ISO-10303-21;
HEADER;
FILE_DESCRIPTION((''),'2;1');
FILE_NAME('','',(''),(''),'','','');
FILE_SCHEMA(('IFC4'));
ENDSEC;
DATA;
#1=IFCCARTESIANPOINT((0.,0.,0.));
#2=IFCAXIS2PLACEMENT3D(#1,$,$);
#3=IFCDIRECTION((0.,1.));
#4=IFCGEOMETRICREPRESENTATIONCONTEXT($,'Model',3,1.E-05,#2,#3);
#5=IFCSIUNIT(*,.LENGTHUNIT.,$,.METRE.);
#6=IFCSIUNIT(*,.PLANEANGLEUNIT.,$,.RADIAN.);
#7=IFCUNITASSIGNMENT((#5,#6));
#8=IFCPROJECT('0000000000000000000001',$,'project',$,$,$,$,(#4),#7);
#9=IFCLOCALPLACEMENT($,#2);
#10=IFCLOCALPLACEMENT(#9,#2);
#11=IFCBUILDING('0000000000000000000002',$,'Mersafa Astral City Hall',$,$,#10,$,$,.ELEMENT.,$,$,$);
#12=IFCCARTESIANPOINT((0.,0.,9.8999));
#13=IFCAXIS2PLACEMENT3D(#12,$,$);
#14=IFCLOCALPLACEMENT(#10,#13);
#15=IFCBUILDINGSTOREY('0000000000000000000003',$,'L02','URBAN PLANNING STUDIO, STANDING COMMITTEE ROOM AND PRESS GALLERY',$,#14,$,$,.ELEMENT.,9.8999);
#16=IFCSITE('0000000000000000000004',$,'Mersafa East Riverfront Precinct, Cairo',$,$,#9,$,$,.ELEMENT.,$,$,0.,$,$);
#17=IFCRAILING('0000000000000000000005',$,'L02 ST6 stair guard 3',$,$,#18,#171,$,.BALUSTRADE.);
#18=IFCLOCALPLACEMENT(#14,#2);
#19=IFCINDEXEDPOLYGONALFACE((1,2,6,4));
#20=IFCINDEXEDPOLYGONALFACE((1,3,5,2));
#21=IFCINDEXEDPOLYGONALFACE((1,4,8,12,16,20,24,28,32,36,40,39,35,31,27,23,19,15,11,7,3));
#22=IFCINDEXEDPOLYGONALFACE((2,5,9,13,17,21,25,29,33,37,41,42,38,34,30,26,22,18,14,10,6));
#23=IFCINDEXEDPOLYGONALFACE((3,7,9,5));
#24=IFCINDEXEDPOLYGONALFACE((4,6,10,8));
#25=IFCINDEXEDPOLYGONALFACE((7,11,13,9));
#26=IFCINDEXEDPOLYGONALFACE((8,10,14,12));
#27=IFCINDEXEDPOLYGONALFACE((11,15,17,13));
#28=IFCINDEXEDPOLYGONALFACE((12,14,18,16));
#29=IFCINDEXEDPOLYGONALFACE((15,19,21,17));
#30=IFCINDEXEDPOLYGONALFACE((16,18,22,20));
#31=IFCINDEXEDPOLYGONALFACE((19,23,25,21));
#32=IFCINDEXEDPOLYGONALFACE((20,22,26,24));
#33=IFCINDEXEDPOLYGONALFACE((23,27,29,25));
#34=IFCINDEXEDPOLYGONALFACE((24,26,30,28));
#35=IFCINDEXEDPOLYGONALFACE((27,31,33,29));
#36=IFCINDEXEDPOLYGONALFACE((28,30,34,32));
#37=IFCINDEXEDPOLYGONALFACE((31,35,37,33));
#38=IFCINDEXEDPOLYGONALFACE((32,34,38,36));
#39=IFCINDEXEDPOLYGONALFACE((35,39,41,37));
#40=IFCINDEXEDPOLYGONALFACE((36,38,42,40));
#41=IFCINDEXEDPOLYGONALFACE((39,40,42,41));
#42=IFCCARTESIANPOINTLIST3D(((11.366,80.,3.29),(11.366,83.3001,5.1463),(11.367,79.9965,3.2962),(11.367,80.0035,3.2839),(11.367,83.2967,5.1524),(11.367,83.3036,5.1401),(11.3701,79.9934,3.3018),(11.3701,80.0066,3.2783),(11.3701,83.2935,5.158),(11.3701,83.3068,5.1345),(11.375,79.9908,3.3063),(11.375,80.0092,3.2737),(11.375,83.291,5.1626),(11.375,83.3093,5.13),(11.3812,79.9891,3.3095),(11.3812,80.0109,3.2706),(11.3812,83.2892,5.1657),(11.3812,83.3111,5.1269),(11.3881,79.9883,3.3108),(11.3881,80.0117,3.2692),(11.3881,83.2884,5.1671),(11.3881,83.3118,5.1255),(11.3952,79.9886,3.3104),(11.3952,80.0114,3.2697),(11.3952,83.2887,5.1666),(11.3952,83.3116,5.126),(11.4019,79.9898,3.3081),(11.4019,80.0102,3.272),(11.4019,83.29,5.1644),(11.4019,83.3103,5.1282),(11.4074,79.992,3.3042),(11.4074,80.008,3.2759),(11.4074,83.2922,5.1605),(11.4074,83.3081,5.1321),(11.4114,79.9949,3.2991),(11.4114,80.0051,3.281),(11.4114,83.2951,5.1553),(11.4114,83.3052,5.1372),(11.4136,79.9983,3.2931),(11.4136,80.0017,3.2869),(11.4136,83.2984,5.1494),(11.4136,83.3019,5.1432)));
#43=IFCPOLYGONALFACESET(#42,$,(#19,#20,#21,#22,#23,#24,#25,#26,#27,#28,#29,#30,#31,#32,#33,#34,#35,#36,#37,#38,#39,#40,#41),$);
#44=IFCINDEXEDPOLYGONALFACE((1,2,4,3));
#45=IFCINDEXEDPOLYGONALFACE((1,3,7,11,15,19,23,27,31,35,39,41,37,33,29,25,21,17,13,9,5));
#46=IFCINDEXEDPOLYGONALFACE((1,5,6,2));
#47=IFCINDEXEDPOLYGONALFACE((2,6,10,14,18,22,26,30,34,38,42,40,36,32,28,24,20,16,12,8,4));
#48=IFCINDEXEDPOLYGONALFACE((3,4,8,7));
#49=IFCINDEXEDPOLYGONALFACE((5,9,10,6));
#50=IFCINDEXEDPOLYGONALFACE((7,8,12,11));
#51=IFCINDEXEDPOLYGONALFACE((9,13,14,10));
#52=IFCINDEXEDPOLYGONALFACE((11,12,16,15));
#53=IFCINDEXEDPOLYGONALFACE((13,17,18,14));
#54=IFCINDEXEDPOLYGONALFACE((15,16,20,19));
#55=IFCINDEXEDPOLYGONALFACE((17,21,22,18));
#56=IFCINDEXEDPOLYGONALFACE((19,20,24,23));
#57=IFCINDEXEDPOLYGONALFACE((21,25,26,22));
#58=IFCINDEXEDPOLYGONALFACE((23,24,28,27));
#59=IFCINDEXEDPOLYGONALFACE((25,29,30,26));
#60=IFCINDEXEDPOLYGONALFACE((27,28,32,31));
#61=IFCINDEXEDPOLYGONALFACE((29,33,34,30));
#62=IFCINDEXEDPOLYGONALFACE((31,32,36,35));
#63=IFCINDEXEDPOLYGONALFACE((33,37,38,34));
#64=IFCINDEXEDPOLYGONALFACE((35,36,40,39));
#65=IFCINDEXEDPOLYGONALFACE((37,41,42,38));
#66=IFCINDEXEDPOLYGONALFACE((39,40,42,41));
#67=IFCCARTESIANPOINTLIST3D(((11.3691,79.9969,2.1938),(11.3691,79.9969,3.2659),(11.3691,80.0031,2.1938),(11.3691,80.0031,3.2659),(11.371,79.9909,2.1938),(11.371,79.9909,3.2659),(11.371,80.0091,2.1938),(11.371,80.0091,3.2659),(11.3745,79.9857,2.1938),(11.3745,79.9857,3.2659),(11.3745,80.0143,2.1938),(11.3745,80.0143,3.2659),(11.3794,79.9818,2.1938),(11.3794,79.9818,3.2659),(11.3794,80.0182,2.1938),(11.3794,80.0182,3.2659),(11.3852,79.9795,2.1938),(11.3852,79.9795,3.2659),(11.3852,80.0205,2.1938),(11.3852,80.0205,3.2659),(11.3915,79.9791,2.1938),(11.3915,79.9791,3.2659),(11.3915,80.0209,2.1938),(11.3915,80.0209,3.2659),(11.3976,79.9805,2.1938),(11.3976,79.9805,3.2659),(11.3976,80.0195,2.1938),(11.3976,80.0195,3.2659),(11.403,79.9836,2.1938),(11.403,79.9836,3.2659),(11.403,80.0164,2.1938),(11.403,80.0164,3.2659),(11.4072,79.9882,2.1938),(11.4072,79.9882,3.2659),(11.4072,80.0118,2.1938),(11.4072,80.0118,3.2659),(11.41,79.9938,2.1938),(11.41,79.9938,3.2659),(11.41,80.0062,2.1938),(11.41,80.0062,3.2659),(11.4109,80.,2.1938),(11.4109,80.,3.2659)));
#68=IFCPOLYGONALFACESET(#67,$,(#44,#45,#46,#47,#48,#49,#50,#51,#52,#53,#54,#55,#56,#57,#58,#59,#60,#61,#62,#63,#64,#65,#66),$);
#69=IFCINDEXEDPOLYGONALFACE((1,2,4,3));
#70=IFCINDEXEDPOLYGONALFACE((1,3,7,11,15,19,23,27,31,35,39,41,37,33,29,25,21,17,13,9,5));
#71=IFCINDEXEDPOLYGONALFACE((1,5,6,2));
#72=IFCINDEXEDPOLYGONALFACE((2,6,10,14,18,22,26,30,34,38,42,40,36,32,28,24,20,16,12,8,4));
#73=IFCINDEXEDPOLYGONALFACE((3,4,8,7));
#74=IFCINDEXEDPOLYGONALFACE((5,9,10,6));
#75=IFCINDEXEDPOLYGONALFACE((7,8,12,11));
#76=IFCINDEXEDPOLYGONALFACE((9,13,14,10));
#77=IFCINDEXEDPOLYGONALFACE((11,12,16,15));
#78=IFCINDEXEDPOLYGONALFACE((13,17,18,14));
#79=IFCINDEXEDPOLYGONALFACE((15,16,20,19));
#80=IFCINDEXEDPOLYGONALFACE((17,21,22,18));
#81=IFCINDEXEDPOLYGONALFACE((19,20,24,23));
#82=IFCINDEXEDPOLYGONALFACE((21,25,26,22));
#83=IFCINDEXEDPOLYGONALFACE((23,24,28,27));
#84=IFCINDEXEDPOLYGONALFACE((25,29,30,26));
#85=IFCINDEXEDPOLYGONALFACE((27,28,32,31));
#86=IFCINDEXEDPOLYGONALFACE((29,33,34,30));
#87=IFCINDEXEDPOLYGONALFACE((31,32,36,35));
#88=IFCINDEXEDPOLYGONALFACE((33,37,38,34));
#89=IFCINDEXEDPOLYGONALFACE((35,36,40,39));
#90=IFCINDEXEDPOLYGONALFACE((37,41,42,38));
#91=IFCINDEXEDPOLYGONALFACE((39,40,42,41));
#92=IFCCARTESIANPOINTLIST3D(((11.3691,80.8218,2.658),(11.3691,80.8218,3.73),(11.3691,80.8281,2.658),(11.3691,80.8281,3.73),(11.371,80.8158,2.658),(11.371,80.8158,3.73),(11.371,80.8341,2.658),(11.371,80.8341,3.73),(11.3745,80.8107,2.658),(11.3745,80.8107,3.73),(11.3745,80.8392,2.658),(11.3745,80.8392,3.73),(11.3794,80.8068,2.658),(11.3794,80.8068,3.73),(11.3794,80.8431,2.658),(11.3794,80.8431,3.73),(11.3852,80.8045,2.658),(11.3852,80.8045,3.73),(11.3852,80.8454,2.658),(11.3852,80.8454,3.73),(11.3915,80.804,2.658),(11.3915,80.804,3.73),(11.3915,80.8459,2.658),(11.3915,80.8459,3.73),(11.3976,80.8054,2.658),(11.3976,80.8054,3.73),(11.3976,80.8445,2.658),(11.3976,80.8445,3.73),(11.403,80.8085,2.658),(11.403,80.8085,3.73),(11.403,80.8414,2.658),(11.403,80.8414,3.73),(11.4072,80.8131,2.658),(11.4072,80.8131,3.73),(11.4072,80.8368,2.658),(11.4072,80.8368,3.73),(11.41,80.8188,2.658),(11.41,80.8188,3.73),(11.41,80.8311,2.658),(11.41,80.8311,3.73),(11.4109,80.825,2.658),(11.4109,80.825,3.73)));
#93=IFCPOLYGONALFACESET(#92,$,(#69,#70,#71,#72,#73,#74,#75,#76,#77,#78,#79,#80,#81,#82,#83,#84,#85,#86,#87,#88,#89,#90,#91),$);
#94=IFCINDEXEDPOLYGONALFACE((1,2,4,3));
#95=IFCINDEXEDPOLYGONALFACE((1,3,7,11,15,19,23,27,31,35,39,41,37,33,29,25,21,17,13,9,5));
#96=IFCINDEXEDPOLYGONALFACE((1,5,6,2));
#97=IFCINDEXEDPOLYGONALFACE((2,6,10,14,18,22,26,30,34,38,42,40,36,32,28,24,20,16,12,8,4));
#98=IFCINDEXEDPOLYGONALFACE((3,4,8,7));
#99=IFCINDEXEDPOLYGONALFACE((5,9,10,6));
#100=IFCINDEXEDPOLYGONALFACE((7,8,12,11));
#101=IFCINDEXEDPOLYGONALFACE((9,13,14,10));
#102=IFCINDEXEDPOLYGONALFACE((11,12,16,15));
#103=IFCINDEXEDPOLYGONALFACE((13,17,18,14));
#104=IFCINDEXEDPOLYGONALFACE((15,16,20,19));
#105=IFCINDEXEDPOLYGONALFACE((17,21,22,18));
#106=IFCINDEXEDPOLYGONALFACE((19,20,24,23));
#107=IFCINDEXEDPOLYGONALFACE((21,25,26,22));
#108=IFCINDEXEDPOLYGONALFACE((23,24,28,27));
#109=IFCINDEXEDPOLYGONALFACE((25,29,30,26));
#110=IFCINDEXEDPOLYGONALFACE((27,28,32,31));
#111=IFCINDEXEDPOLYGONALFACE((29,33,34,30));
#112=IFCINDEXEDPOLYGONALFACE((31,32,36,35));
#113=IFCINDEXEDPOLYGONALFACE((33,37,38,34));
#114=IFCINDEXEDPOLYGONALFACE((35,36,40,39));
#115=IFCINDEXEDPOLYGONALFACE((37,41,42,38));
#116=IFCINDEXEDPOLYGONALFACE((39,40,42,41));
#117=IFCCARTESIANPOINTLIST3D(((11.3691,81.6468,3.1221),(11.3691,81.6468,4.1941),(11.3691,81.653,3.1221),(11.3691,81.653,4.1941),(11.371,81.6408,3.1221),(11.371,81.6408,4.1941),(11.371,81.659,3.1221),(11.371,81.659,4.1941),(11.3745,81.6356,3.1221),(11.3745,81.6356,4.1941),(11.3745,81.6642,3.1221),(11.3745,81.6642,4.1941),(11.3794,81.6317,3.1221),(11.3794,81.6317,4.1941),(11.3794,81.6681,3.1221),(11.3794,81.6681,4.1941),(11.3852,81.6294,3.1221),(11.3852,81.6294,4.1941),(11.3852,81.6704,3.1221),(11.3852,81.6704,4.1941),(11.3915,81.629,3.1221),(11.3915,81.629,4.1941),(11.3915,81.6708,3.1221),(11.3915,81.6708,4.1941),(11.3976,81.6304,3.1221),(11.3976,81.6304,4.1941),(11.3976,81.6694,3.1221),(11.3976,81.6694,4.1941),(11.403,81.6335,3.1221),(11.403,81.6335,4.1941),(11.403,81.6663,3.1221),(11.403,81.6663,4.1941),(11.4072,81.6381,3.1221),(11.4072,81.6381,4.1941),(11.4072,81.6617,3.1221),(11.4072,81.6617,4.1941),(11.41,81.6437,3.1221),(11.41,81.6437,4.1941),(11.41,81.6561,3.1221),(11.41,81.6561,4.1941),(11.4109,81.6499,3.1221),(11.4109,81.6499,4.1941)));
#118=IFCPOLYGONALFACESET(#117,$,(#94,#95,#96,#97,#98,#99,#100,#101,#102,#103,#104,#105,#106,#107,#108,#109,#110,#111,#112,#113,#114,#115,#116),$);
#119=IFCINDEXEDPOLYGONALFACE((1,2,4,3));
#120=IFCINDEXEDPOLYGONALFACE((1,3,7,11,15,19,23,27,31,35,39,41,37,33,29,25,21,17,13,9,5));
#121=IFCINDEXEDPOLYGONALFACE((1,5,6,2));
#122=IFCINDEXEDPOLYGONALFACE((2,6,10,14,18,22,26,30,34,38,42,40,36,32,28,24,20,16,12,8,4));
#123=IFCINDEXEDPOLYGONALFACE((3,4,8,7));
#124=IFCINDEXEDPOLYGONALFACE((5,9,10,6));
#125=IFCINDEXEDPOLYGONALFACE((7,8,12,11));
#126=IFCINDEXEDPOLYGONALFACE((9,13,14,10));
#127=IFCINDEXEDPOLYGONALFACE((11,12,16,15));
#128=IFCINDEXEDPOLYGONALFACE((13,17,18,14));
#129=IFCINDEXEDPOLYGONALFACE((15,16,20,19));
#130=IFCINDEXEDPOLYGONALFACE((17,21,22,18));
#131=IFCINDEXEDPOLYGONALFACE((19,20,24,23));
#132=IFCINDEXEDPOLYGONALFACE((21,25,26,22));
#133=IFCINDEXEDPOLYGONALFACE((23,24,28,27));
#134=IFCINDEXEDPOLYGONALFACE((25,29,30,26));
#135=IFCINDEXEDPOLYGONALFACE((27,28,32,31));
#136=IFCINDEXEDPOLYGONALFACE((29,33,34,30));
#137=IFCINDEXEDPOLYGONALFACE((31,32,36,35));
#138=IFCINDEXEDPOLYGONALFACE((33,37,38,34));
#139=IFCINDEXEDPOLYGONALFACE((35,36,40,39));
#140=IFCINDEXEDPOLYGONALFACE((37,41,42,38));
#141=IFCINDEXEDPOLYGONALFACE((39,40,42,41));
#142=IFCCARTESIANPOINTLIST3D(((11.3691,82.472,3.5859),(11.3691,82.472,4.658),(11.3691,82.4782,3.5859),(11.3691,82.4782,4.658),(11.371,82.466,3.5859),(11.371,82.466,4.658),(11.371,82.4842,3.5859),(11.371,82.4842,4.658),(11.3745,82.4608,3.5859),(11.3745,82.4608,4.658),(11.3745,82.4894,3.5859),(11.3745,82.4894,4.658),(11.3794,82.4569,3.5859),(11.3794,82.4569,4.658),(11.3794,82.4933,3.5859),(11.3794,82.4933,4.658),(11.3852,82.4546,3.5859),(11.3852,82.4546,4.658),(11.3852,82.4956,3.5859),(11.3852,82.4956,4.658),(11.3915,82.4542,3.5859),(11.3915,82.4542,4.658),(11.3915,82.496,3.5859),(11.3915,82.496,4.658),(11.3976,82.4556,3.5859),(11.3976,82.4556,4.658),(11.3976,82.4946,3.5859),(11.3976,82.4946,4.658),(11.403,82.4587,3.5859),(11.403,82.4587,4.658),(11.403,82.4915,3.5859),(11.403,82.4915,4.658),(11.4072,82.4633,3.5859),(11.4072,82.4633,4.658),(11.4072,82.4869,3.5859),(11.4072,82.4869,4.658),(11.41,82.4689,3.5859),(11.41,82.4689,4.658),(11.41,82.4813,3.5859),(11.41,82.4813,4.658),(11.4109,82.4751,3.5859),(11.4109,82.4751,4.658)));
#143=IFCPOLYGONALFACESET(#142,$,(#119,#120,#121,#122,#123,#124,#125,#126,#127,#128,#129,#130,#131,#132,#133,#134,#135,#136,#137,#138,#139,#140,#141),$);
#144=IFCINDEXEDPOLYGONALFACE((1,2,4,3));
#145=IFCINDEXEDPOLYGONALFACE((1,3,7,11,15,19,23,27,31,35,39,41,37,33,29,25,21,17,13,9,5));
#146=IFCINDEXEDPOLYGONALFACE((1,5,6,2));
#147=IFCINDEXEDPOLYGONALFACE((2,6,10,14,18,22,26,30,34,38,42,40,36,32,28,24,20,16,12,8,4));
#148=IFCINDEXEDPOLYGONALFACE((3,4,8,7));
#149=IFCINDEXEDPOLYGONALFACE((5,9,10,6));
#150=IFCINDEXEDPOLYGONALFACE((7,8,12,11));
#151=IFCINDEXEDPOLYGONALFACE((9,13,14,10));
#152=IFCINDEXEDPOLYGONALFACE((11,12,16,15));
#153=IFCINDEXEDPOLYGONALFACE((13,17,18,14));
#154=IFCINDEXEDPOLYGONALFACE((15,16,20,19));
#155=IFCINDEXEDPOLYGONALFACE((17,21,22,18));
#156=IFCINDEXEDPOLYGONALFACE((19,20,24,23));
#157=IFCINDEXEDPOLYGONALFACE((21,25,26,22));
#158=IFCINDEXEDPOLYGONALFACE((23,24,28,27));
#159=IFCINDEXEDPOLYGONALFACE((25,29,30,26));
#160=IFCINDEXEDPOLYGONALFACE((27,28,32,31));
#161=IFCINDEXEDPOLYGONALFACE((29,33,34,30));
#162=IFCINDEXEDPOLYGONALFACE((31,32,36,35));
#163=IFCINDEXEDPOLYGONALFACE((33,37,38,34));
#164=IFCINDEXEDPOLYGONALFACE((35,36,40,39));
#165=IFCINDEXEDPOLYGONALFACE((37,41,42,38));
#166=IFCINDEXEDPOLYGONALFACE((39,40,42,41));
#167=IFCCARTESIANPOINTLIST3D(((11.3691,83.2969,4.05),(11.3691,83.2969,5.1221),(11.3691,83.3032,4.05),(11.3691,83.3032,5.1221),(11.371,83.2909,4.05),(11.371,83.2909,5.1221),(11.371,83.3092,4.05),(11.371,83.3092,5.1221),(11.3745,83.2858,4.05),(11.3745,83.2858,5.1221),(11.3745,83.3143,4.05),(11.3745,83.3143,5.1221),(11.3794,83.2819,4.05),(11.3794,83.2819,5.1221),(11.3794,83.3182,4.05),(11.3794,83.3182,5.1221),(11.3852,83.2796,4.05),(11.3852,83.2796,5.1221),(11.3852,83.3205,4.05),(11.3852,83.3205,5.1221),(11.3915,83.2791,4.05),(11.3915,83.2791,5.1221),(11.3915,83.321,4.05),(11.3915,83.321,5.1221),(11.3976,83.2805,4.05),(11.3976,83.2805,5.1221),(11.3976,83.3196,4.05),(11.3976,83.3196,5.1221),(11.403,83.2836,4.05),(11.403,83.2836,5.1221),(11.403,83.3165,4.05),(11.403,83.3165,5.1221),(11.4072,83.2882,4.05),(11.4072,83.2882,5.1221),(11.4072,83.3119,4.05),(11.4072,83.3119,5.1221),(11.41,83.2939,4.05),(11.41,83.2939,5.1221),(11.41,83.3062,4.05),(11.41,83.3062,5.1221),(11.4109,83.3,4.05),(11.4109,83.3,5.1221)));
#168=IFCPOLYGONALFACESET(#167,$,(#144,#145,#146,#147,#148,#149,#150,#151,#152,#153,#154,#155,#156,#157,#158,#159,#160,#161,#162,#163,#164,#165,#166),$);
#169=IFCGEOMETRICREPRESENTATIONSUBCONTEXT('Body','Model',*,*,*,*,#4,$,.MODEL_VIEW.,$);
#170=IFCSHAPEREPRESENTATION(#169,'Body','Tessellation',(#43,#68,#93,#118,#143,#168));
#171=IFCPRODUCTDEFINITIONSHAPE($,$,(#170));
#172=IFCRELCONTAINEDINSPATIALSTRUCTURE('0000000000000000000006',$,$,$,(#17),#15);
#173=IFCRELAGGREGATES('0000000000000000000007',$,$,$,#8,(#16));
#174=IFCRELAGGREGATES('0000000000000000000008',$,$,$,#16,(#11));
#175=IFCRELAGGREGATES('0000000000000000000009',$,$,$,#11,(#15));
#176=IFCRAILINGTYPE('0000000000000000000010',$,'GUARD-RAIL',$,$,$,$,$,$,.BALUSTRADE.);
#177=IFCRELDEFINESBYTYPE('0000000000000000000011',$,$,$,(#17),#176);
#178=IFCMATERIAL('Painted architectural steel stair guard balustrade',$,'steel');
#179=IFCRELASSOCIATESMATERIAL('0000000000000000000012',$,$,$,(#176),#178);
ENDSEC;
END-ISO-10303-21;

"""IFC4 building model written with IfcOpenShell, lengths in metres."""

from ifc_helpers import new_model, si_unit, direction, frame, origin, origin_2d, place, context, subcontext, project, spatial, circle, extrude, material, type_object, element, save


model = new_model("IFC4")

# Units and contexts
model_context = context("Model", 3, precision=1e-05, world=origin(), true_north=direction((0.0, 1.0)))
body_context = subcontext(model_context, "Body", "Model", "MODEL_VIEW")
ifc_project = project(units=[si_unit("LENGTHUNIT", "METRE"), si_unit("PLANEANGLEUNIT", "RADIAN")], contexts=[model_context])

# Site, building, storey
site_placement = place(None, origin())
site = spatial("IfcSite", under=ifc_project, at=site_placement, Name="Mersafa East Riverfront Precinct, Cairo", CompositionType="ELEMENT", RefElevation=0.0)
building_placement = place(site_placement, origin())
building = spatial("IfcBuilding", under=site, at=building_placement, Name="Mersafa Astral City Hall", CompositionType="ELEMENT")
storey_placement = place(building_placement, frame((0.0, 0.0, 9.8999)))
storey = spatial("IfcBuildingStorey", under=building, at=storey_placement, Name="L02", Description="URBAN PLANNING STUDIO, STANDING COMMITTEE ROOM AND PRESS GALLERY", CompositionType="ELEMENT", Elevation=9.8999)

# Railing
ifc_material_1 = material(Name="Painted architectural steel stair guard balustrade", Category="steel")
railing_type = type_object("IfcRailingType", Name="GUARD-RAIL", PredefinedType="BALUSTRADE", material=ifc_material_1)
railing_1_placement = place(storey_placement, frame((11.3899, 80.0, 2.1938)))
element("IfcRailing", 1, at=railing_1_placement, inside=storey, type_object=railing_type, Name="L02 ST6 stair guard 3", PredefinedType="BALUSTRADE", context=body_context, shape_type="SweptSolid", body=[
    extrude(circle(Radius=0.0239, at=origin_2d()), frame((0.0, 0.0, 1.0962), z_axis=(0.0, 0.871584, 0.490246), x_axis=(-1.0, 0.0, 0.0)), (0.0, 0.0, 1.0), 3.7864),
    extrude(circle(Radius=0.021, at=origin_2d()), origin(), (0.0, 0.0, 1.0), 1.072),
    extrude(circle(Radius=0.021, at=origin_2d()), frame((0.0, 0.825, 0.4641)), (0.0, 0.0, 1.0), 1.072),
    extrude(circle(Radius=0.021, at=origin_2d()), frame((0.0, 1.6499, 0.9282)), (0.0, 0.0, 1.0), 1.072),
    extrude(circle(Radius=0.021, at=origin_2d()), frame((0.0, 2.4751, 1.3921)), (0.0, 0.0, 1.0), 1.072),
    extrude(circle(Radius=0.021, at=origin_2d()), frame((0.0, 3.3, 1.8562)), (0.0, 0.0, 1.0), 1.072),
])

save(model, "model.ifc")
